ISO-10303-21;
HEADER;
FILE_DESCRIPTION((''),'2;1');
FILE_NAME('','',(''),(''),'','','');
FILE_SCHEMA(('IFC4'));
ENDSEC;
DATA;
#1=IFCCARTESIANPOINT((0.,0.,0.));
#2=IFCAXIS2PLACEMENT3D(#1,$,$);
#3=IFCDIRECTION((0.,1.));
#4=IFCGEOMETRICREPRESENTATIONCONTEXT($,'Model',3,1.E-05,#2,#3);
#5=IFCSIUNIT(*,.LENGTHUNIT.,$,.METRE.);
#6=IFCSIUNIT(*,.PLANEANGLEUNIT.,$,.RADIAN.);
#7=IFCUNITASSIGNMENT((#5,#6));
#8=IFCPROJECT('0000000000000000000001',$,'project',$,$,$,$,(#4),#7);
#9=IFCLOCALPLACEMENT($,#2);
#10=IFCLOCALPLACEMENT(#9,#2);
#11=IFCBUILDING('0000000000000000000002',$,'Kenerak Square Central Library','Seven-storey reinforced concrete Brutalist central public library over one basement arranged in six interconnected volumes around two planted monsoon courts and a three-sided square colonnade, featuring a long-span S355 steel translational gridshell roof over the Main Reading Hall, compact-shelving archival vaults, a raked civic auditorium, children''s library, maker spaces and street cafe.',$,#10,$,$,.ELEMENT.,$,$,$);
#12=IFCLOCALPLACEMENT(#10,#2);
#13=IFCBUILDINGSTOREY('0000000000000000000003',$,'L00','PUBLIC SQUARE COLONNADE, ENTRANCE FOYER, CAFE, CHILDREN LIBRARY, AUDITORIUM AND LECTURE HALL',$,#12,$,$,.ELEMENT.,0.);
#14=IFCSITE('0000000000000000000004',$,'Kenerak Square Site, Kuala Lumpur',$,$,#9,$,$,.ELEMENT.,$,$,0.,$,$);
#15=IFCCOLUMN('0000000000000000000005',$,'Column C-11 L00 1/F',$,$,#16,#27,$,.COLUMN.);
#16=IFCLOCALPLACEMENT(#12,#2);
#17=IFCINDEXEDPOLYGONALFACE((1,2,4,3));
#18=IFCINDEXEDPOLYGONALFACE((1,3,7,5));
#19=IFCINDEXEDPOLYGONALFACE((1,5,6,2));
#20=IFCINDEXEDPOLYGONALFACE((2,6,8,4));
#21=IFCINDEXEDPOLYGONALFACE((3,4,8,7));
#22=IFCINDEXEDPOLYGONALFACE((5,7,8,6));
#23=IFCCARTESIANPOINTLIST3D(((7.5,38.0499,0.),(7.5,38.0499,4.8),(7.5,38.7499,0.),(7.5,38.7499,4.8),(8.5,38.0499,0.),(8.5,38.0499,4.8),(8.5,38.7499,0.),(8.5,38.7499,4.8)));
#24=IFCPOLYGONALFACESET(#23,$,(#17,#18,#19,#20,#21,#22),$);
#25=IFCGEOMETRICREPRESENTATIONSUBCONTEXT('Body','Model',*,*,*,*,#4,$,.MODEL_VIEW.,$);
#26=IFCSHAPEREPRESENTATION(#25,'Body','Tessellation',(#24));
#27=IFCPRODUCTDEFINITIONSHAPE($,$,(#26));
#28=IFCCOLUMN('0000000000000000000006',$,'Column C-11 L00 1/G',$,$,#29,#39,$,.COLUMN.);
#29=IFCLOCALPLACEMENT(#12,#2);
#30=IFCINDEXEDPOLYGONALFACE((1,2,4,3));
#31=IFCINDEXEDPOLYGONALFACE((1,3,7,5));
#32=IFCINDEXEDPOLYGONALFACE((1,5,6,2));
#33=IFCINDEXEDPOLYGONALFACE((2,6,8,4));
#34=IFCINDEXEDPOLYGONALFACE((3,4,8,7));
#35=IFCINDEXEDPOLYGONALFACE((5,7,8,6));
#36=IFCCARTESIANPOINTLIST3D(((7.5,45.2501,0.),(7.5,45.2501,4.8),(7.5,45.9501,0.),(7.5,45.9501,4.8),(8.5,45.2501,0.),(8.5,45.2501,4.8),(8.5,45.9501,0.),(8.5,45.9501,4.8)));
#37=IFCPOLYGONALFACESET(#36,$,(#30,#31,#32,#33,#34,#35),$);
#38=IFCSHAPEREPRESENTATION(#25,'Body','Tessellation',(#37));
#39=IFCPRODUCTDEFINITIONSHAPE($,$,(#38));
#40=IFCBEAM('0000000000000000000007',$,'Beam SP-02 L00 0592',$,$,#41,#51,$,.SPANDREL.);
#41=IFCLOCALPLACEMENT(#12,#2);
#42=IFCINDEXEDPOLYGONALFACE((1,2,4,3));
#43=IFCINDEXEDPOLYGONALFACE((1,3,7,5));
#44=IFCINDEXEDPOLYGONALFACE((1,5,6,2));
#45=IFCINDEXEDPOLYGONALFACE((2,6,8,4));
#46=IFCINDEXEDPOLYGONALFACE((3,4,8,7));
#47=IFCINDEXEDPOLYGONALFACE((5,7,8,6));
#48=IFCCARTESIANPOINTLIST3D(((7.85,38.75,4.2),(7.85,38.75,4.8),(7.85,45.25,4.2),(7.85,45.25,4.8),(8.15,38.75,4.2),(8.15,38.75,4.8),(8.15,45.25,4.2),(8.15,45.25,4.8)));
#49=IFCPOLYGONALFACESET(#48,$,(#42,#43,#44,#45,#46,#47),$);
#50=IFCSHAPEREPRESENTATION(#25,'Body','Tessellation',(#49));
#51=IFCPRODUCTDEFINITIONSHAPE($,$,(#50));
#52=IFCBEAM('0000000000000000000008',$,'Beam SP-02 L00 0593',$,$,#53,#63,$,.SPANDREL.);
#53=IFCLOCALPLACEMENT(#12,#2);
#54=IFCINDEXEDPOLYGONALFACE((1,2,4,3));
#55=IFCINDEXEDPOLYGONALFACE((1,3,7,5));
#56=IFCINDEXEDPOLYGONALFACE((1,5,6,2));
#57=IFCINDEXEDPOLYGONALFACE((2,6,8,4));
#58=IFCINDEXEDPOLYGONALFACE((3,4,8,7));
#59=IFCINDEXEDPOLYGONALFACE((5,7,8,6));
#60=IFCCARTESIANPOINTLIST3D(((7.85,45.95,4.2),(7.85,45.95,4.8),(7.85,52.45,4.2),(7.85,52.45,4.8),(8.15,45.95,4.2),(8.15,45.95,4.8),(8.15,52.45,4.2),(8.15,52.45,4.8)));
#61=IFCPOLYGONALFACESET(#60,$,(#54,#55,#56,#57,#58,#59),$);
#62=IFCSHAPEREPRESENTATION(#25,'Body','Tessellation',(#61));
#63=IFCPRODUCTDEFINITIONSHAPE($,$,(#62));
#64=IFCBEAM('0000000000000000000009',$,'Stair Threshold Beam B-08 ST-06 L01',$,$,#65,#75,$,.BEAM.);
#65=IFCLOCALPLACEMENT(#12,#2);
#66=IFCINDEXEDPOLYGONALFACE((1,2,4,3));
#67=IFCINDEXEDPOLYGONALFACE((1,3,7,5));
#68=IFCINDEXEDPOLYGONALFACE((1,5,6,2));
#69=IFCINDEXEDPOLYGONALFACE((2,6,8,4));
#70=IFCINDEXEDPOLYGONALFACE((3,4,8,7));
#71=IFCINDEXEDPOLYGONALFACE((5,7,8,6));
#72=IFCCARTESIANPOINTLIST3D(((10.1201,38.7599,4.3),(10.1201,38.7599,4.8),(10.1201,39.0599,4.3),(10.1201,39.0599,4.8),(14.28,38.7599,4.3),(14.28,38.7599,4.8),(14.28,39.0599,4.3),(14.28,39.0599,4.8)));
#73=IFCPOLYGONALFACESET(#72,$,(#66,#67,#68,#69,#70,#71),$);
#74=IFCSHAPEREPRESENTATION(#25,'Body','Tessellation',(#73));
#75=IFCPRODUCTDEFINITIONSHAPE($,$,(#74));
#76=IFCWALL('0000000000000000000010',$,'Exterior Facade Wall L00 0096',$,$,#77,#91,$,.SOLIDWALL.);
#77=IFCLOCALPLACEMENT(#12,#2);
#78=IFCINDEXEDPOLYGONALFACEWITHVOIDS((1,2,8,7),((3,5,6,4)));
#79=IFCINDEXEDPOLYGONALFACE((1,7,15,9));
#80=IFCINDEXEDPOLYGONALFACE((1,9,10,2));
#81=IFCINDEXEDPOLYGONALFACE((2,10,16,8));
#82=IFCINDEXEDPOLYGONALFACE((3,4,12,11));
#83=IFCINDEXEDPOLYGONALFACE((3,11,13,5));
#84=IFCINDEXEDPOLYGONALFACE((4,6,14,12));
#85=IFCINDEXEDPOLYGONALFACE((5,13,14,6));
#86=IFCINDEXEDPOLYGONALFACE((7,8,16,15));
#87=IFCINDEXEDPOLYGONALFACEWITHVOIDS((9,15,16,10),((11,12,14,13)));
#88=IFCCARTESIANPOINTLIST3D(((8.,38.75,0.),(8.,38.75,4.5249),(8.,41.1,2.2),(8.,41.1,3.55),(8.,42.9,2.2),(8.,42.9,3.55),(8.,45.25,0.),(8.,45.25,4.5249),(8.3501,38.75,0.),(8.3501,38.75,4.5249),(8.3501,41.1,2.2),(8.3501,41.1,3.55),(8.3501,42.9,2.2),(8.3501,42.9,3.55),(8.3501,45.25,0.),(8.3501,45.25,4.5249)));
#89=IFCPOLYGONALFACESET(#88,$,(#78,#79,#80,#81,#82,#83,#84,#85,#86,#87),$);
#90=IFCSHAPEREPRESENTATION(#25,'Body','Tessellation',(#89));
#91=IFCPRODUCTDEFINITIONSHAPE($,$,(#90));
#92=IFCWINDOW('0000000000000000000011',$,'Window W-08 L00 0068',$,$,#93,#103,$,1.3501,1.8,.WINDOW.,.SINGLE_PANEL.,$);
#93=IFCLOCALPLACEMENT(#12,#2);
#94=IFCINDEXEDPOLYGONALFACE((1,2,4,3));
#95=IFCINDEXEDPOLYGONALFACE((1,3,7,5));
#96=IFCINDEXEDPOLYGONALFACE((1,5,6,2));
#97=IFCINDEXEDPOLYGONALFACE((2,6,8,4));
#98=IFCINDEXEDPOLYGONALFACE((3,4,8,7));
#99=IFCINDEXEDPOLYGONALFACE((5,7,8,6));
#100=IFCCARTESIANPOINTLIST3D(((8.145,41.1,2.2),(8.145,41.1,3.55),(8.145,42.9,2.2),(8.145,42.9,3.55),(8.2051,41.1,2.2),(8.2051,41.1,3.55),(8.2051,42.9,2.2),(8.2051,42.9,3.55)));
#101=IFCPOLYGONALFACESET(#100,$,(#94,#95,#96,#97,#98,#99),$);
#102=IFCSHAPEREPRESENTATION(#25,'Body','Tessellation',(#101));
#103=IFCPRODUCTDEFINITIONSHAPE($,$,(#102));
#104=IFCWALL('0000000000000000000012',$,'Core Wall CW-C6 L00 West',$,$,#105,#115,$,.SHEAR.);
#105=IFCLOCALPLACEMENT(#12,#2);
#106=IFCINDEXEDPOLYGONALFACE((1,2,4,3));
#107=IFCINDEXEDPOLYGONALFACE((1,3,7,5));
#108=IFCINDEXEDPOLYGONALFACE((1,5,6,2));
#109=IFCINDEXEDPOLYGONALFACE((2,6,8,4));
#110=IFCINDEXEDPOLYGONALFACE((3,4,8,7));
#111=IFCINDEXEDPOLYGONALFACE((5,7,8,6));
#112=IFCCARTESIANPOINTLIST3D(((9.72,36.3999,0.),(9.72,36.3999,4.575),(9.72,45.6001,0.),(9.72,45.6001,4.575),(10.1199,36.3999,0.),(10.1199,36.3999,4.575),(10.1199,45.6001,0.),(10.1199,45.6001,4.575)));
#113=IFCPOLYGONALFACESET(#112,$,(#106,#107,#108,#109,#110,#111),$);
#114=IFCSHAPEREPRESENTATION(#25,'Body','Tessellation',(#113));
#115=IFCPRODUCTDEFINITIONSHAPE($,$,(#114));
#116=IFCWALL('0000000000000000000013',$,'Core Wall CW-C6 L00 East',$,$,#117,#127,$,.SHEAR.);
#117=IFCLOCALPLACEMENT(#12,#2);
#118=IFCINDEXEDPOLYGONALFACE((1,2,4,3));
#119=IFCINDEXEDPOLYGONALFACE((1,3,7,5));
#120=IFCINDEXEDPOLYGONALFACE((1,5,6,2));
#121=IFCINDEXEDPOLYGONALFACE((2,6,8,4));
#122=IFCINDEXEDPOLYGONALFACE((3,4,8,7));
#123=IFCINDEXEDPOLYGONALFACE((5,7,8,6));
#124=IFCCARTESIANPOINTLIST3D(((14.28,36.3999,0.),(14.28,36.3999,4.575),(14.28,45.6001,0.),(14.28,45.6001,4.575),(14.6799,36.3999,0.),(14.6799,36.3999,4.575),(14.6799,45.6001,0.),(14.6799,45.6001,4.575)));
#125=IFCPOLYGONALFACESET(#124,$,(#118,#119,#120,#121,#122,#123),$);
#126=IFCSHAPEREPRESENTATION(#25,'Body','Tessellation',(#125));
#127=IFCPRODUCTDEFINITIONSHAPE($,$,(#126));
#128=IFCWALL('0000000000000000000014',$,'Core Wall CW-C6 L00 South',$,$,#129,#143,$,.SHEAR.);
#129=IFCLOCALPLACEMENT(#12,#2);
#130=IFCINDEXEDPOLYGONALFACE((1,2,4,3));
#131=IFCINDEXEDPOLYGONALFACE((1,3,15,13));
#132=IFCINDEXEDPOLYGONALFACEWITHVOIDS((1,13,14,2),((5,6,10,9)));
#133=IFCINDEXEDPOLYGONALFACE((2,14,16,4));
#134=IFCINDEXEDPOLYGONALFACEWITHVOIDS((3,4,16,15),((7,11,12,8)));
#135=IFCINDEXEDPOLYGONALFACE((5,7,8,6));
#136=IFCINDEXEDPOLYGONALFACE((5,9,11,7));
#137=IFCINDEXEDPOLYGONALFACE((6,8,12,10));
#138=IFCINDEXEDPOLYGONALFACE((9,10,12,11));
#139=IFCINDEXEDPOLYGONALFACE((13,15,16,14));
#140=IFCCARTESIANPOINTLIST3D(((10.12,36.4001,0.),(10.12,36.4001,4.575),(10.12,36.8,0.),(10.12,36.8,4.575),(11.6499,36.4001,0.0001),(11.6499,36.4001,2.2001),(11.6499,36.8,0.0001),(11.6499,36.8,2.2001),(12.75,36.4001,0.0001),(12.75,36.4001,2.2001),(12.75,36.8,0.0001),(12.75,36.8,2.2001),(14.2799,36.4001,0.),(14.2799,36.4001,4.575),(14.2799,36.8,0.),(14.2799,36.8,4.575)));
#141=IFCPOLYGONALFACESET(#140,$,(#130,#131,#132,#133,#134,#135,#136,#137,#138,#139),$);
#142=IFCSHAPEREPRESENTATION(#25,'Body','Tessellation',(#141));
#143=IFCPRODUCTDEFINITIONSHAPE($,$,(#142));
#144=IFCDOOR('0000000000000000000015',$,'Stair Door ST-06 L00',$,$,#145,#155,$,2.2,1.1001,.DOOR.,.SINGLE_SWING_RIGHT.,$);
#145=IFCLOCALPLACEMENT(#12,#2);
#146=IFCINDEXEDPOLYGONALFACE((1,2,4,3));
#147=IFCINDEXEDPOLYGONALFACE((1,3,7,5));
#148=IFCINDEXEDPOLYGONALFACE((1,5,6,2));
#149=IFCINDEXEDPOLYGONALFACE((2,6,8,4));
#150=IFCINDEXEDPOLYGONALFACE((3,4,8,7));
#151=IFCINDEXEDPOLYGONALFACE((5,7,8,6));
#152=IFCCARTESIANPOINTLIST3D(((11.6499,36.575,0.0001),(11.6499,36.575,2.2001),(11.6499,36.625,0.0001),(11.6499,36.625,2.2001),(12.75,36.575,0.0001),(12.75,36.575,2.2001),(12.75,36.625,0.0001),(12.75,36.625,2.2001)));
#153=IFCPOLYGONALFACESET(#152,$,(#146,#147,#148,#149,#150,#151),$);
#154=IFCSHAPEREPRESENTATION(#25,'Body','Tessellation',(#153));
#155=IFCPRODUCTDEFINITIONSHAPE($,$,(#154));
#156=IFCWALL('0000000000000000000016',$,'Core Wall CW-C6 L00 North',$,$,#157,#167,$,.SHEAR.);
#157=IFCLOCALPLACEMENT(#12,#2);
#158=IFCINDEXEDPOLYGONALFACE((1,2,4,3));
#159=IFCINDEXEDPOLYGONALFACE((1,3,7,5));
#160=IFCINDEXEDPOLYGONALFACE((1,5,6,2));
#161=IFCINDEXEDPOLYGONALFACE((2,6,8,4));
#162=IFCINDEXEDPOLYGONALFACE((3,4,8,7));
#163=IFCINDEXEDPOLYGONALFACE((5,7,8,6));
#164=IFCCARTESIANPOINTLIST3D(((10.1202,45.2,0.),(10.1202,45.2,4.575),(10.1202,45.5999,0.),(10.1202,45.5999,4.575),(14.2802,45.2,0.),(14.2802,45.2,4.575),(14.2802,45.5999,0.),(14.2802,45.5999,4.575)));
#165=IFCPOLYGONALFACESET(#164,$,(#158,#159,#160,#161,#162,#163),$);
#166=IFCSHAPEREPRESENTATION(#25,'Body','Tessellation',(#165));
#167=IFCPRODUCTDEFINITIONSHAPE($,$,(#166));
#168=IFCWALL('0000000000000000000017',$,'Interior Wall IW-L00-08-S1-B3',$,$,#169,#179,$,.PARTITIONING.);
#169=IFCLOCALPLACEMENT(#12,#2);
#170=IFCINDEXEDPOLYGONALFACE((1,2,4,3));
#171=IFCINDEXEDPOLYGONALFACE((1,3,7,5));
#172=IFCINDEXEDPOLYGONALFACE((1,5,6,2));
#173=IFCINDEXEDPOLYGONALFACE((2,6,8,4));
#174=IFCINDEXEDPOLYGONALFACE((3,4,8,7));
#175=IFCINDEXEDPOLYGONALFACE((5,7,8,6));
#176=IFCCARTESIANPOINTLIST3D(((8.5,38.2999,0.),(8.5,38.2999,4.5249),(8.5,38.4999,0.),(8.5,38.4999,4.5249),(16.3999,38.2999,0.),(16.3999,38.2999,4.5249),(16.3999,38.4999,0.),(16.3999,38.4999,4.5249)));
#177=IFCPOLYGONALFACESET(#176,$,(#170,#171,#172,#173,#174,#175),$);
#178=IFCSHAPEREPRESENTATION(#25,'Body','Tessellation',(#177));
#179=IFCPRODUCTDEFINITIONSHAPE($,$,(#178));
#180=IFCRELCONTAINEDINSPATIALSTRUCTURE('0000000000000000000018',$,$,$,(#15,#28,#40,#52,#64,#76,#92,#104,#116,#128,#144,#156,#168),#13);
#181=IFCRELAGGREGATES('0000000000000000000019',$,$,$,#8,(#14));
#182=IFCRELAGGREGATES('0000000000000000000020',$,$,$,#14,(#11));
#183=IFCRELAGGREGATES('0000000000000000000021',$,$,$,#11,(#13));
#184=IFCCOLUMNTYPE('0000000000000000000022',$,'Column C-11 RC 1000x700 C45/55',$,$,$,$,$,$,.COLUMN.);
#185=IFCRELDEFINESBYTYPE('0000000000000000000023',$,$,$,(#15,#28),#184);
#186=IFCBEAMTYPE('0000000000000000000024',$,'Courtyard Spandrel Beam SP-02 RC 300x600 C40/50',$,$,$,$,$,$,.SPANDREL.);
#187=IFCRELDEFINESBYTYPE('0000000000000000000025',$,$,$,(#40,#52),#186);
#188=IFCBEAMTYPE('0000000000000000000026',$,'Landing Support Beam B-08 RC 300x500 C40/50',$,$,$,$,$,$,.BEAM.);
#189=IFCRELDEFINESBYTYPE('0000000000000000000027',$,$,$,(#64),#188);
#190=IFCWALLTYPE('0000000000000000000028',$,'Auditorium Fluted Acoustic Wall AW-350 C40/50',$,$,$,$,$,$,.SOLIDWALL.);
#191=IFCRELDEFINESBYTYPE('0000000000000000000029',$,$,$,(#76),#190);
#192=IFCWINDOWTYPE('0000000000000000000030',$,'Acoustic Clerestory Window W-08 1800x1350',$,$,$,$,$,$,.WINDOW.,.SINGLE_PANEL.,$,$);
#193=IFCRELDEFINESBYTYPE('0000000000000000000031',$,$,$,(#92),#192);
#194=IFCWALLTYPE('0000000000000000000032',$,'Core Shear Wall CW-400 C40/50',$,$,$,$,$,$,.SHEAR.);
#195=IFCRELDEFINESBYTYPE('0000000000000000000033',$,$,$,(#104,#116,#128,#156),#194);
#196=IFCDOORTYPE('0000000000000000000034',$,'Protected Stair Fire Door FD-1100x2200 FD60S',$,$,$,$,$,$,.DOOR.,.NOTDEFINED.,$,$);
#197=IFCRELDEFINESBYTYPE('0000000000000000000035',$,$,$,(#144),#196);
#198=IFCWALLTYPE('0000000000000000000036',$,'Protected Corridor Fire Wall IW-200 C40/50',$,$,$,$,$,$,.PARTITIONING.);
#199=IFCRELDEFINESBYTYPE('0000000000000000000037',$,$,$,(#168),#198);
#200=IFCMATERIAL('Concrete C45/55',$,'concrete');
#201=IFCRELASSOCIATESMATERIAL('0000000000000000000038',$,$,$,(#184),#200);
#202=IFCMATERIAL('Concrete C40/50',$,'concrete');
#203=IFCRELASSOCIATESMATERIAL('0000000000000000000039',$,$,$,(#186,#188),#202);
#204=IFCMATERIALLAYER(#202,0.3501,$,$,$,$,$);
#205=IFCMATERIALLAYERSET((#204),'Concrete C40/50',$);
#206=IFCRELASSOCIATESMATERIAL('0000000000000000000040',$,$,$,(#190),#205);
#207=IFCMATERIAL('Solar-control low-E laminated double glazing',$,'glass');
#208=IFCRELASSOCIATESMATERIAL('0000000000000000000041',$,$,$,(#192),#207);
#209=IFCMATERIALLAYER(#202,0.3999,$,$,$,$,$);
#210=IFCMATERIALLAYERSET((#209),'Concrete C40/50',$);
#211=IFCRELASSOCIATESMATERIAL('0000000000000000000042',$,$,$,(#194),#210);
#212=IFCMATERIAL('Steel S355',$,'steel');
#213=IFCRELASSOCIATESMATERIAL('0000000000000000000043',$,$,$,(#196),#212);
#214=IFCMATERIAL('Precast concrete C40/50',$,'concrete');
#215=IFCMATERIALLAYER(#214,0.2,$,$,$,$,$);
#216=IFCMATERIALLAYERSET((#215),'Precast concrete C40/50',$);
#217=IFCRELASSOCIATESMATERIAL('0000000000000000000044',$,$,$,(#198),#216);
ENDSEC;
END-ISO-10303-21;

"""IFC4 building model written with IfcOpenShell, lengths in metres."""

from ifc_helpers import new_model, si_unit, direction, frame, frame_2d, origin, origin_2d, place, context, subcontext, project, spatial, rectangle, extrude, material, layer, layer_set, material_profile, profile_set, type_object, element, fill, save


model = new_model("IFC4")

# Units and contexts
model_context = context("Model", 3, precision=1e-05, world=origin(), true_north=direction((0.0, 1.0)))
body_context = subcontext(model_context, "Body", "Model", "MODEL_VIEW")
ifc_project = project(units=[si_unit("LENGTHUNIT", "METRE"), si_unit("PLANEANGLEUNIT", "RADIAN")], contexts=[model_context])

# Site, building, storey
site_placement = place(None, origin())
site = spatial("IfcSite", under=ifc_project, at=site_placement, Name="Kenerak Square Site, Kuala Lumpur", CompositionType="ELEMENT", RefElevation=0.0)
building_placement = place(site_placement, origin())
building = spatial("IfcBuilding", under=site, at=building_placement, Name="Kenerak Square Central Library", Description="Seven-storey reinforced concrete Brutalist central public library over one basement arranged in six interconnected volumes around two planted monsoon courts and a three-sided square colonnade, featuring a long-span S355 steel translational gridshell roof over the Main Reading Hall, compact-shelving archival vaults, a raked civic auditorium, children's library, maker spaces and street cafe.", CompositionType="ELEMENT")
storey_placement = place(building_placement, origin())
storey = spatial("IfcBuildingStorey", under=building, at=storey_placement, Name="L00", Description="PUBLIC SQUARE COLONNADE, ENTRANCE FOYER, CAFE, CHILDREN LIBRARY, AUDITORIUM AND LECTURE HALL", CompositionType="ELEMENT", Elevation=0.0)

# Columns
ifc_material_1 = material(Name="Concrete C45/55", Category="concrete")
ifc_material_profile_1 = material_profile(ifc_material_1, rectangle(XDim=1.0, YDim=0.7, at=origin_2d()), Name="RC 1000x700")
ifc_profile_set_1 = profile_set([ifc_material_profile_1], Name="Concrete C45/55")
column_type = type_object("IfcColumnType", Name="Column C-11 RC 1000x700 C45/55", PredefinedType="COLUMN", material=ifc_profile_set_1)
for number, where, z_axis, x_axis, name in (
    (1, (8.0, 38.3999, 0.0), (0.0, 0.0, 1.0), (1.0, 0.0, 0.0), "Column C-11 L00 1/F"),
    (2, (8.0, 45.6001, 0.0), (0.0, 0.0, 1.0), (1.0, 0.0, 0.0), "Column C-11 L00 1/G"),
):
    element("IfcColumn", number, at=place(storey_placement, frame(where, z_axis=z_axis, x_axis=x_axis)), inside=storey, type_object=column_type, Name=name, PredefinedType="COLUMN", context=body_context, shape_type="SweptSolid", body=[
        extrude(rectangle(XDim=1.0, YDim=0.7, at=origin_2d()), origin(), (0.0, 0.0, 1.0), 4.8),
    ])

# Beams
ifc_material_2 = material(Name="Concrete C40/50", Category="concrete")
ifc_material_profile_2 = material_profile(ifc_material_2, rectangle(XDim=0.3, YDim=0.6001, at=origin_2d()), Name="RC 300x600")
ifc_profile_set_2 = profile_set([ifc_material_profile_2], Name="Concrete C40/50")
beam_type_1 = type_object("IfcBeamType", Name="Courtyard Spandrel Beam SP-02 RC 300x600 C40/50", PredefinedType="SPANDREL", material=ifc_profile_set_2)
for number, where, z_axis, x_axis, name in (
    (3, (8.0, 38.75, 4.5), (0.0, 1.0, 0.0), (-1.0, 0.0, 0.0), "Beam SP-02 L00 0592"),
    (4, (8.0, 45.95, 4.5), (0.0, 1.0, 0.0), (-1.0, 0.0, 0.0), "Beam SP-02 L00 0593"),
):
    element("IfcBeam", number, at=place(storey_placement, frame(where, z_axis=z_axis, x_axis=x_axis)), inside=storey, type_object=beam_type_1, Name=name, PredefinedType="SPANDREL", context=body_context, shape_type="SweptSolid", body=[
        extrude(rectangle(XDim=0.3, YDim=0.6001, at=origin_2d()), origin(), (0.0, 0.0, 1.0), 6.5),
    ])
ifc_material_profile_3 = material_profile(ifc_material_2, rectangle(XDim=0.3, YDim=0.5, at=origin_2d()), Name="RC 300x500")
ifc_profile_set_3 = profile_set([ifc_material_profile_3], Name="Concrete C40/50")
beam_type_2 = type_object("IfcBeamType", Name="Landing Support Beam B-08 RC 300x500 C40/50", PredefinedType="BEAM", material=ifc_profile_set_3)
beam_placement = place(storey_placement, frame((10.1201, 38.9099, 4.55), z_axis=(1.0, 0.0, 0.0), x_axis=(0.0, 1.0, 0.0)))
element("IfcBeam", 5, at=beam_placement, inside=storey, type_object=beam_type_2, Name="Stair Threshold Beam B-08 ST-06 L01", PredefinedType="BEAM", context=body_context, shape_type="SweptSolid", body=[
    extrude(rectangle(XDim=0.3, YDim=0.5, at=origin_2d()), origin(), (0.0, 0.0, 1.0), 4.1599),
])

# Wall, opening, window
ifc_layer_1 = layer(ifc_material_2, 0.3501)
ifc_layer_set_1 = layer_set([ifc_layer_1], Name="Concrete C40/50")
wall_type_1 = type_object("IfcWallType", Name="Auditorium Fluted Acoustic Wall AW-350 C40/50", PredefinedType="SOLIDWALL", material=ifc_layer_set_1)
wall_1_placement = place(storey_placement, frame((8.175, 38.75, 0.0), z_axis=(0.0, 0.0, 1.0), x_axis=(0.0, 1.0, 0.0)))
wall_1 = element("IfcWall", 6, at=wall_1_placement, inside=storey, type_object=wall_type_1, Name="Exterior Facade Wall L00 0096", PredefinedType="SOLIDWALL", context=body_context, shape_type="SweptSolid", body=[
    extrude(rectangle(XDim=6.5, YDim=0.3501, at=frame_2d((3.25, 0.0))), origin(), (0.0, 0.0, 1.0), 4.5249),
])
opening_1_placement = place(wall_1_placement, frame((2.3501, 0.0, 2.2)))
opening_1 = element("IfcOpeningElement", 7, at=opening_1_placement, cuts=wall_1, PredefinedType="OPENING", context=body_context, shape_type="SweptSolid", body=[
    extrude(rectangle(XDim=1.8, YDim=1.3501, at=frame_2d((0.8999, 0.675))), frame((0.0, 0.1851, 0.0), z_axis=(0.0, -1.0, 0.0), x_axis=(1.0, 0.0, 0.0)), (0.0, 0.0, 1.0), 0.3701),
])
ifc_material_3 = material(Name="Solar-control low-E laminated double glazing", Category="glass")
window_type = type_object("IfcWindowType", Name="Acoustic Clerestory Window W-08 1800x1350", PartitioningType="SINGLE_PANEL", PredefinedType="WINDOW", material=ifc_material_3)
window_placement = place(opening_1_placement, origin())
window = element("IfcWindow", 8, at=window_placement, inside=storey, type_object=window_type, Name="Window W-08 L00 0068", OverallHeight=1.3501, OverallWidth=1.8, PartitioningType="SINGLE_PANEL", PredefinedType="WINDOW", context=body_context, shape_type="SweptSolid", body=[
    extrude(rectangle(XDim=1.8, YDim=1.3501, at=frame_2d((0.8999, 0.675))), frame((0.0, 0.03, 0.0), z_axis=(0.0, -1.0, 0.0), x_axis=(1.0, 0.0, 0.0)), (0.0, 0.0, 1.0), 0.0601),
])
fill(opening_1, window)

# Walls
ifc_layer_2 = layer(ifc_material_2, 0.3999)
ifc_layer_set_2 = layer_set([ifc_layer_2], Name="Concrete C40/50")
wall_type_2 = type_object("IfcWallType", Name="Core Shear Wall CW-400 C40/50", PredefinedType="SHEAR", material=ifc_layer_set_2)
for number, where, z_axis, x_axis, name in (
    (9, (9.9199, 36.3999, 0.0), (0.0, 0.0, 1.0), (0.0, 1.0, 0.0), "Core Wall CW-C6 L00 West"),
    (10, (14.48, 45.6001, 0.0), (0.0, 0.0, 1.0), (0.0, -1.0, 0.0), "Core Wall CW-C6 L00 East"),
):
    element("IfcWall", number, at=place(storey_placement, frame(where, z_axis=z_axis, x_axis=x_axis)), inside=storey, type_object=wall_type_2, Name=name, PredefinedType="SHEAR", context=body_context, shape_type="SweptSolid", body=[
        extrude(rectangle(XDim=9.2002, YDim=0.3999, at=frame_2d((4.6001, 0.0))), origin(), (0.0, 0.0, 1.0), 4.575),
    ])

# Wall, opening, door
wall_2_placement = place(storey_placement, frame((14.28, 36.6001, 0.0), z_axis=(0.0, 0.0, 1.0), x_axis=(-1.0, 0.0, 0.0)))
wall_2 = element("IfcWall", 11, at=wall_2_placement, inside=storey, type_object=wall_type_2, Name="Core Wall CW-C6 L00 South", PredefinedType="SHEAR", context=body_context, shape_type="SweptSolid", body=[
    extrude(rectangle(XDim=4.1599, YDim=0.3999, at=frame_2d((2.0801, 0.0))), origin(), (0.0, 0.0, 1.0), 4.575),
])
opening_2_placement = place(wall_2_placement, frame((1.53, 0.0, 0.0)))
opening_2 = element("IfcOpeningElement", 12, at=opening_2_placement, cuts=wall_2, PredefinedType="OPENING", context=body_context, shape_type="SweptSolid", body=[
    extrude(rectangle(XDim=1.1001, YDim=2.2, at=frame_2d((0.55, 1.1001))), frame((0.0, 0.21, 0.0), z_axis=(0.0, -1.0, 0.0), x_axis=(1.0, 0.0, 0.0)), (0.0, 0.0, 1.0), 0.4199),
])
ifc_material_4 = material(Name="Steel S355", Category="steel")
door_type_1 = type_object("IfcDoorType", Name="Protected Stair Fire Door FD-1100x2200 FD60S", OperationType="NOTDEFINED", PredefinedType="DOOR", material=ifc_material_4)
door_1_placement = place(opening_2_placement, frame((1.1001, 0.0, 0.0), z_axis=(0.0, 0.0, 1.0), x_axis=(-1.0, 0.0, 0.0)))
door_1 = element("IfcDoor", 13, at=door_1_placement, inside=storey, type_object=door_type_1, Name="Stair Door ST-06 L00", OperationType="SINGLE_SWING_RIGHT", OverallHeight=2.2, OverallWidth=1.1001, PredefinedType="DOOR", context=body_context, shape_type="SweptSolid", body=[
    extrude(rectangle(XDim=1.1001, YDim=2.2, at=frame_2d((0.55, 1.1001))), frame((0.0, 0.0249, 0.0), z_axis=(0.0, -1.0, 0.0), x_axis=(1.0, 0.0, 0.0)), (0.0, 0.0, 1.0), 0.05),
])
fill(opening_2, door_1)

# Wall
wall_3_placement = place(storey_placement, frame((10.1201, 45.3999, 0.0), z_axis=(0.0, 0.0, 1.0), x_axis=(1.0, 0.0, 0.0)))
element("IfcWall", 14, at=wall_3_placement, inside=storey, type_object=wall_type_2, Name="Core Wall CW-C6 L00 North", PredefinedType="SHEAR", context=body_context, shape_type="SweptSolid", body=[
    extrude(rectangle(XDim=4.1599, YDim=0.3999, at=frame_2d((2.0801, 0.0))), origin(), (0.0, 0.0, 1.0), 4.575),
])

# Shared definitions
ifc_material_5 = material(Name="Precast concrete C40/50", Category="concrete")
ifc_layer_3 = layer(ifc_material_5, 0.2)
ifc_layer_set_3 = layer_set([ifc_layer_3], Name="Precast concrete C40/50")
wall_type_3 = type_object("IfcWallType", Name="Protected Corridor Fire Wall IW-200 C40/50", PredefinedType="PARTITIONING", material=ifc_layer_set_3)

# Wall
wall_4_placement = place(storey_placement, frame((16.3999, 38.3999, 0.0), z_axis=(0.0, 0.0, 1.0), x_axis=(-1.0, 0.0, 0.0)))
element("IfcWall", 15, at=wall_4_placement, inside=storey, type_object=wall_type_3, Name="Interior Wall IW-L00-08-S1-B3", PredefinedType="PARTITIONING", context=body_context, shape_type="SweptSolid", body=[
    extrude(rectangle(XDim=7.8999, YDim=0.2, at=frame_2d((3.95, 0.0))), origin(), (0.0, 0.0, 1.0), 4.5249),
])

save(model, "model.ifc")
